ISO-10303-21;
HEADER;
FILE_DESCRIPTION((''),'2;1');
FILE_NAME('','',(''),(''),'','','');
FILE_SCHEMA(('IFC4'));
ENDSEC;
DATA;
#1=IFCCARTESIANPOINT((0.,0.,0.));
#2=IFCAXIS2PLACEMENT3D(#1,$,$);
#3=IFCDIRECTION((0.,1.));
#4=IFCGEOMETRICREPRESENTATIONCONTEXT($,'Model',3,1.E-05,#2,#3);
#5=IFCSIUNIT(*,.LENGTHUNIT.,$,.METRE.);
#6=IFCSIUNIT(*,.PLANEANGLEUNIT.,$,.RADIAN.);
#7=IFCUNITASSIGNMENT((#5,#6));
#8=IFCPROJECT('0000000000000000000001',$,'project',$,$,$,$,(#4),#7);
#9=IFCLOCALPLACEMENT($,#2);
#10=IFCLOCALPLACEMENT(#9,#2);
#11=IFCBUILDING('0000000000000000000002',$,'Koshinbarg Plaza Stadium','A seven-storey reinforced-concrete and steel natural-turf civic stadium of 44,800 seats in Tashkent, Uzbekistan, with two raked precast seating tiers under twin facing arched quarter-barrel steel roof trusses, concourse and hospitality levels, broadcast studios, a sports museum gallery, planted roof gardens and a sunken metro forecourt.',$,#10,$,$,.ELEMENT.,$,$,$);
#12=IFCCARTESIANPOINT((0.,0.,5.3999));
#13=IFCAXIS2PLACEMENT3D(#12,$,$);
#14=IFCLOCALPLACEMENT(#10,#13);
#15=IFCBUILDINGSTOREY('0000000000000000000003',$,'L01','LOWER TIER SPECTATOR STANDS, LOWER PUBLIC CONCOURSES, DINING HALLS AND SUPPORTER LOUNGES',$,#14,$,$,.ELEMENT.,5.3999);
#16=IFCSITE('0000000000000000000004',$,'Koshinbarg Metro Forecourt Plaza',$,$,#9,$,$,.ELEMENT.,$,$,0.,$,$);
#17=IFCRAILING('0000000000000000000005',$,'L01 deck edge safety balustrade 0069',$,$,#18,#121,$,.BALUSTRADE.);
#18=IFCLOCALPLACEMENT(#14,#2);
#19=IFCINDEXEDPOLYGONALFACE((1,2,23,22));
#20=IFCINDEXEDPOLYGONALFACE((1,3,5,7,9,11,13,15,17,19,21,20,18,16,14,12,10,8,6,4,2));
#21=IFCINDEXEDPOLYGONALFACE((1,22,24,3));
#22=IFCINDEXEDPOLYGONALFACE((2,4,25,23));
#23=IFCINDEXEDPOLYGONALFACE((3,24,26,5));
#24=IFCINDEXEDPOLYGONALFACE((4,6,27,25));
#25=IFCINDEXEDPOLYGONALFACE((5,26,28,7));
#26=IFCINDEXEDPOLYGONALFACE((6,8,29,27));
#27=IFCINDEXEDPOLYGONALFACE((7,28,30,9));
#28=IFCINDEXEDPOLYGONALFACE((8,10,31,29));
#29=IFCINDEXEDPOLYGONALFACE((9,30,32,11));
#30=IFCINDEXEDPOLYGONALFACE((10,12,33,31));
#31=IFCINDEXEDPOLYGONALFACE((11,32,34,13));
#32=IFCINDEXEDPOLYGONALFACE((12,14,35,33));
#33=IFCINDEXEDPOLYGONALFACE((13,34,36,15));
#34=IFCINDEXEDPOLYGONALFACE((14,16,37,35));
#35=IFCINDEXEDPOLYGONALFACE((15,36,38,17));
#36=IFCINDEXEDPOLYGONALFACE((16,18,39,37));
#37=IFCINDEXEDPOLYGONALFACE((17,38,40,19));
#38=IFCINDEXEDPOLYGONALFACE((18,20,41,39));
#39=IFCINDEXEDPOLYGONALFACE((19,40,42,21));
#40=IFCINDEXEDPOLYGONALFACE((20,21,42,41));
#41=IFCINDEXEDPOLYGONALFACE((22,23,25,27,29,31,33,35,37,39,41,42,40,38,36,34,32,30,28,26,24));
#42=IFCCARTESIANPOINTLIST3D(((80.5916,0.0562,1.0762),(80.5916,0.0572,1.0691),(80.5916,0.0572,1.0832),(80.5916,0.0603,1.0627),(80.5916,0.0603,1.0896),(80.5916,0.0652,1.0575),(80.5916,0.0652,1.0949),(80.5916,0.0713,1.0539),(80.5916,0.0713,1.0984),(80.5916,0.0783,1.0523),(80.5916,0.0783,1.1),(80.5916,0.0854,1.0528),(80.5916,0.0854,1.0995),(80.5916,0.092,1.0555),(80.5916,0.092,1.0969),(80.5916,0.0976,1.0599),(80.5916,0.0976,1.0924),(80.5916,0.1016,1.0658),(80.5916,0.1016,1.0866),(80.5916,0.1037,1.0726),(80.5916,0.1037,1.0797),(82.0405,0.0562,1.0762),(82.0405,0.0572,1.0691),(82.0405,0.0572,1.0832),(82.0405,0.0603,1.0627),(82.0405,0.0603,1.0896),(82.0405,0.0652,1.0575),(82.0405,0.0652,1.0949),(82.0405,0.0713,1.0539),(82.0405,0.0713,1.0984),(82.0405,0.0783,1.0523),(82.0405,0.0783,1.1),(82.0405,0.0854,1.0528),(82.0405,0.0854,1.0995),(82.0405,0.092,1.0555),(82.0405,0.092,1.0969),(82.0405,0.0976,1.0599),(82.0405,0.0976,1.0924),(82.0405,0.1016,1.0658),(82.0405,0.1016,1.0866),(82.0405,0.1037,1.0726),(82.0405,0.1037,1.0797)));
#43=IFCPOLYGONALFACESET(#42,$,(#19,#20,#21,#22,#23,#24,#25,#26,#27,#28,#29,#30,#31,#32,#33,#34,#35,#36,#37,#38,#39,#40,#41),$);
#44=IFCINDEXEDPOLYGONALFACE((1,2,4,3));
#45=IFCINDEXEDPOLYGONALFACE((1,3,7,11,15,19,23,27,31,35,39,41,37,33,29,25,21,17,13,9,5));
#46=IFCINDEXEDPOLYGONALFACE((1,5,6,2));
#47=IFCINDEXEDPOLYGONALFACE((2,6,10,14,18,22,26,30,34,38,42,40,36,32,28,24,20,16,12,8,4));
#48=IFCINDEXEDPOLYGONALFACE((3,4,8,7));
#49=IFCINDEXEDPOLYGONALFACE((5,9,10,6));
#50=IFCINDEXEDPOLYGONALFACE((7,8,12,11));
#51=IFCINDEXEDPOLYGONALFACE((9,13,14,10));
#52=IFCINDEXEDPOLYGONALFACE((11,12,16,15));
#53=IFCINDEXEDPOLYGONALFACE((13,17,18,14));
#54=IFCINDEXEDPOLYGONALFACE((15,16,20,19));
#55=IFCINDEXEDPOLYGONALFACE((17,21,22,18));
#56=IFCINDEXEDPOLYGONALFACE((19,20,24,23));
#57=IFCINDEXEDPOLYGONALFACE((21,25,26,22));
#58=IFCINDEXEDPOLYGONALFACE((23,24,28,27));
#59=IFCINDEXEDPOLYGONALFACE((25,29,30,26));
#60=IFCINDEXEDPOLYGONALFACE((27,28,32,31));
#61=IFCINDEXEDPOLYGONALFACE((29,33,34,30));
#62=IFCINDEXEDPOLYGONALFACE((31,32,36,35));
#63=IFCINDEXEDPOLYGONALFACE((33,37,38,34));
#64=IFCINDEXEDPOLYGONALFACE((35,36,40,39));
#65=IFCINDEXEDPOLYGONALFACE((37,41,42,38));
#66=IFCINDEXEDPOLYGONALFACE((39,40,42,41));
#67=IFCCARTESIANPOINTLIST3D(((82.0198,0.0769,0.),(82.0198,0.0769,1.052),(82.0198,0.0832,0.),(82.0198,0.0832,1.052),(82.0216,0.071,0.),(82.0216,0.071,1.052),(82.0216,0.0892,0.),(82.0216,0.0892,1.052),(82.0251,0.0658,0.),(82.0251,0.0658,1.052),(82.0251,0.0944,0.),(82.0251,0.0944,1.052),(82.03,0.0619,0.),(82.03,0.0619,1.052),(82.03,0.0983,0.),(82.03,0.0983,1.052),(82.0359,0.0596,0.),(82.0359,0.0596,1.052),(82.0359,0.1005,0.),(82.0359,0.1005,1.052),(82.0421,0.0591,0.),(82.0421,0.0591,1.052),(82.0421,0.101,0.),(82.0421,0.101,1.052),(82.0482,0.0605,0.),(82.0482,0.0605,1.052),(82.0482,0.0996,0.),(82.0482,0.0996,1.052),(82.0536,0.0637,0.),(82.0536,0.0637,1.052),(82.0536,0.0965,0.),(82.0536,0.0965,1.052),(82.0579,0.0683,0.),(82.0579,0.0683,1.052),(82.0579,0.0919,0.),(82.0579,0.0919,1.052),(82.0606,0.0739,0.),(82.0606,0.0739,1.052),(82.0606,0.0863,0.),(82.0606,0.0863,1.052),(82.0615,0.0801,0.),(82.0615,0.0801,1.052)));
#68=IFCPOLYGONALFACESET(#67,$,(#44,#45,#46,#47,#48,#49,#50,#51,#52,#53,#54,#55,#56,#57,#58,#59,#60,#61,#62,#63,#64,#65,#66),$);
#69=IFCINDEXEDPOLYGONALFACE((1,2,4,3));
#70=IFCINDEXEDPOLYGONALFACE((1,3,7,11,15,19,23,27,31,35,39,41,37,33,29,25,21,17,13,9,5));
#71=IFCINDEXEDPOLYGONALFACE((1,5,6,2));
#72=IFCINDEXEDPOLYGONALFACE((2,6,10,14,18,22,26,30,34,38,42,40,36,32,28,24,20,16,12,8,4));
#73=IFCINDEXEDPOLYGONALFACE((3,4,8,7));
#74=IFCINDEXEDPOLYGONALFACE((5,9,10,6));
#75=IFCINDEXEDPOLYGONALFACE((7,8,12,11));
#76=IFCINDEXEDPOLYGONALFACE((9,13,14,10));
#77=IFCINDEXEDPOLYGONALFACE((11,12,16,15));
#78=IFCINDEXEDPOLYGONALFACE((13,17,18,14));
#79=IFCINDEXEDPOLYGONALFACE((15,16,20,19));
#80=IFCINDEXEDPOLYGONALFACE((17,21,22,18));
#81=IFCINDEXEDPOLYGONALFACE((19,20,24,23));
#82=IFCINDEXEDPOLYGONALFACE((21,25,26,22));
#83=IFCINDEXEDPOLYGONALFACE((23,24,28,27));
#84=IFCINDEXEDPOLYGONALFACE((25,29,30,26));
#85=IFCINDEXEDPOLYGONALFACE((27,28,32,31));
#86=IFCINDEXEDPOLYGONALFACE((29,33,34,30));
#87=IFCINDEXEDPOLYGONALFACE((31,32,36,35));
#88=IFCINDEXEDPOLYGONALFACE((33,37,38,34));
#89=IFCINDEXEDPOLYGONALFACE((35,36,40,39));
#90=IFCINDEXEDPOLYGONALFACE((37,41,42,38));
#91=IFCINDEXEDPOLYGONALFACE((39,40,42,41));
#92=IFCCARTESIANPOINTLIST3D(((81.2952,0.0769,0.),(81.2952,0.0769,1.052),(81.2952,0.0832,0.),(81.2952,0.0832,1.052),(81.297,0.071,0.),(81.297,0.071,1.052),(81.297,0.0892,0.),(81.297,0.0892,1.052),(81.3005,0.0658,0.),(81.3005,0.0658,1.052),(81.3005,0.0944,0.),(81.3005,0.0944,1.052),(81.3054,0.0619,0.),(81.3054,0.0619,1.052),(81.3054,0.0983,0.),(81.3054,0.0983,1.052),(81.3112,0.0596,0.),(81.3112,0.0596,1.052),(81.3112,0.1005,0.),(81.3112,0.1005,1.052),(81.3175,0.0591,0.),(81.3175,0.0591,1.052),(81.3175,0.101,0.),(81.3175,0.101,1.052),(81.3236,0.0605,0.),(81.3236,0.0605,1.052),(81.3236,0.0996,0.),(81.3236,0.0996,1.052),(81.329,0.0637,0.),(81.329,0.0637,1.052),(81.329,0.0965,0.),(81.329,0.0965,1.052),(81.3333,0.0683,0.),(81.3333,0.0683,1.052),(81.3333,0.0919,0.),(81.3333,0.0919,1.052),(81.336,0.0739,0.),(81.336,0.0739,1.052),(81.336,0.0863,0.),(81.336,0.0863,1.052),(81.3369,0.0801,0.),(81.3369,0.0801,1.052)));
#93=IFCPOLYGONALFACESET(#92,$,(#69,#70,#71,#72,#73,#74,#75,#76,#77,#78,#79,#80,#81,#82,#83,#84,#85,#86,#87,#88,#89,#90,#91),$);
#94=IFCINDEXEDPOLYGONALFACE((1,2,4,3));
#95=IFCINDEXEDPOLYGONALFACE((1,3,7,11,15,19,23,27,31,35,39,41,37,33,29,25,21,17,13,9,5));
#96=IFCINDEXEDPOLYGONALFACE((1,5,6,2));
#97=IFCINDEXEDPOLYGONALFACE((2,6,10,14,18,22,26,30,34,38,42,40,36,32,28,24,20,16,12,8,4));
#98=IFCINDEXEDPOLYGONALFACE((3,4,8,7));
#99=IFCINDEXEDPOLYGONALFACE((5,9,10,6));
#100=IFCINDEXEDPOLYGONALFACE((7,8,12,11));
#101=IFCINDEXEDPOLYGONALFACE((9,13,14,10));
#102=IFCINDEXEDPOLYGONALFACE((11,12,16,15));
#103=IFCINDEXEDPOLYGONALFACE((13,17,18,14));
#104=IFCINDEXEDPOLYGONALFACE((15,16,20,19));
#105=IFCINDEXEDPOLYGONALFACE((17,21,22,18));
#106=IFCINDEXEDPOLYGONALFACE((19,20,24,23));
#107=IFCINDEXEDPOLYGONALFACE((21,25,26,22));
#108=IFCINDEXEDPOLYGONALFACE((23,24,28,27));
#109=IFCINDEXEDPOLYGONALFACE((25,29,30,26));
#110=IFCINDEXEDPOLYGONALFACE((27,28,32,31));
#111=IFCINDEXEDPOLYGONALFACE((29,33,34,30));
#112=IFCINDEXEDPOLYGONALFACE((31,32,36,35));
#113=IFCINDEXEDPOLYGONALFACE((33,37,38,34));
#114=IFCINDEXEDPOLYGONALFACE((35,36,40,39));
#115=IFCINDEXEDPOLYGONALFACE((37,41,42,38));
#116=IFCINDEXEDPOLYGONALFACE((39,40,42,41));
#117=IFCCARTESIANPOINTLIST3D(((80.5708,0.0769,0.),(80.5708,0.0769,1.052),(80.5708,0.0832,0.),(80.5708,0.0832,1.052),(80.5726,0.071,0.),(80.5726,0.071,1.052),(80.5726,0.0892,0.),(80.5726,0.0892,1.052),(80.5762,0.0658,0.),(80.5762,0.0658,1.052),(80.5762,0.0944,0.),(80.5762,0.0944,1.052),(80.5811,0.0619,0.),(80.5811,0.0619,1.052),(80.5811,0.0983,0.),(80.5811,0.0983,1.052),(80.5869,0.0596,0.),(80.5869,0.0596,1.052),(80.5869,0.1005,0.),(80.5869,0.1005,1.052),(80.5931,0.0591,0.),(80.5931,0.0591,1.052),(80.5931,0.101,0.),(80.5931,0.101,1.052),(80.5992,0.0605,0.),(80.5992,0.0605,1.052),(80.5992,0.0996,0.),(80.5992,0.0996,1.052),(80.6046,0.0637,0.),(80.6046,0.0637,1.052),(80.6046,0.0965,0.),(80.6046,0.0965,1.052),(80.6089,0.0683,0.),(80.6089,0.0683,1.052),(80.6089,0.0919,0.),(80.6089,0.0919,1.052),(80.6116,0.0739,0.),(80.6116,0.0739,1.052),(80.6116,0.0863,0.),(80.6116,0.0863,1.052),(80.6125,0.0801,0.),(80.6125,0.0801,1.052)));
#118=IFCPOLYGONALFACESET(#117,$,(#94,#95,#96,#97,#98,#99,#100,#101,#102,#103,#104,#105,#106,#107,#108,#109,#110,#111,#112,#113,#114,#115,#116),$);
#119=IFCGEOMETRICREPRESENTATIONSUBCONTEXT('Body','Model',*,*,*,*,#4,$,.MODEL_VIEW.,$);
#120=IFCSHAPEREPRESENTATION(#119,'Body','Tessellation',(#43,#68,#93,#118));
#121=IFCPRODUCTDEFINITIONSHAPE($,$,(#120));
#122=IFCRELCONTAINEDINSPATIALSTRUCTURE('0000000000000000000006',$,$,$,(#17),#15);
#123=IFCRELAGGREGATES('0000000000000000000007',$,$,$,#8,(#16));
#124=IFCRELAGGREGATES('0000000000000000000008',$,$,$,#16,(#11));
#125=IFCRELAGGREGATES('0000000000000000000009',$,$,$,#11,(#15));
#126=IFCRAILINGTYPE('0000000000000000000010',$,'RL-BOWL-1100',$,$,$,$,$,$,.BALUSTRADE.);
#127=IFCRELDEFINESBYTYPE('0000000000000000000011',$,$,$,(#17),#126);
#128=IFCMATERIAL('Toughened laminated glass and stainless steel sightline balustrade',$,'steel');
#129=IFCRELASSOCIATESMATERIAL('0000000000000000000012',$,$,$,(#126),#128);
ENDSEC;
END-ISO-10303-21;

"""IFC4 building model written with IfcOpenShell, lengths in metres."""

from ifc_helpers import new_model, si_unit, direction, frame, origin, origin_2d, place, context, subcontext, project, spatial, circle, extrude, material, type_object, element, save


model = new_model("IFC4")

# Units and contexts
model_context = context("Model", 3, precision=1e-05, world=origin(), true_north=direction((0.0, 1.0)))
body_context = subcontext(model_context, "Body", "Model", "MODEL_VIEW")
ifc_project = project(units=[si_unit("LENGTHUNIT", "METRE"), si_unit("PLANEANGLEUNIT", "RADIAN")], contexts=[model_context])

# Site, building, storey
site_placement = place(None, origin())
site = spatial("IfcSite", under=ifc_project, at=site_placement, Name="Koshinbarg Metro Forecourt Plaza", CompositionType="ELEMENT", RefElevation=0.0)
building_placement = place(site_placement, origin())
building = spatial("IfcBuilding", under=site, at=building_placement, Name="Koshinbarg Plaza Stadium", Description="A seven-storey reinforced-concrete and steel natural-turf civic stadium of 44,800 seats in Tashkent, Uzbekistan, with two raked precast seating tiers under twin facing arched quarter-barrel steel roof trusses, concourse and hospitality levels, broadcast studios, a sports museum gallery, planted roof gardens and a sunken metro forecourt.", CompositionType="ELEMENT")
storey_placement = place(building_placement, frame((0.0, 0.0, 5.3999)))
storey = spatial("IfcBuildingStorey", under=building, at=storey_placement, Name="L01", Description="LOWER TIER SPECTATOR STANDS, LOWER PUBLIC CONCOURSES, DINING HALLS AND SUPPORTER LOUNGES", CompositionType="ELEMENT", Elevation=5.3999)

# Railing
ifc_material_1 = material(Name="Toughened laminated glass and stainless steel sightline balustrade", Category="steel")
railing_type = type_object("IfcRailingType", Name="RL-BOWL-1100", PredefinedType="BALUSTRADE", material=ifc_material_1)
railing_1_placement = place(storey_placement, frame((82.0405, 0.0801, 0.0)))
element("IfcRailing", 1, at=railing_1_placement, inside=storey, type_object=railing_type, Name="L01 deck edge safety balustrade 0069", PredefinedType="BALUSTRADE", context=body_context, shape_type="SweptSolid", body=[
    extrude(circle(Radius=0.0239, at=origin_2d()), frame((0.0, 0.0, 1.0762), z_axis=(-1.0, 0.0, 0.0), x_axis=(0.0, -1.0, 0.0)), (0.0, 0.0, 1.0), 1.449),
    extrude(circle(Radius=0.021, at=origin_2d()), origin(), (0.0, 0.0, 1.0), 1.052),
    extrude(circle(Radius=0.021, at=origin_2d()), frame((-0.7246, 0.0, 0.0)), (0.0, 0.0, 1.0), 1.052),
    extrude(circle(Radius=0.021, at=origin_2d()), frame((-1.449, 0.0, 0.0)), (0.0, 0.0, 1.0), 1.052),
])

save(model, "model.ifc")
